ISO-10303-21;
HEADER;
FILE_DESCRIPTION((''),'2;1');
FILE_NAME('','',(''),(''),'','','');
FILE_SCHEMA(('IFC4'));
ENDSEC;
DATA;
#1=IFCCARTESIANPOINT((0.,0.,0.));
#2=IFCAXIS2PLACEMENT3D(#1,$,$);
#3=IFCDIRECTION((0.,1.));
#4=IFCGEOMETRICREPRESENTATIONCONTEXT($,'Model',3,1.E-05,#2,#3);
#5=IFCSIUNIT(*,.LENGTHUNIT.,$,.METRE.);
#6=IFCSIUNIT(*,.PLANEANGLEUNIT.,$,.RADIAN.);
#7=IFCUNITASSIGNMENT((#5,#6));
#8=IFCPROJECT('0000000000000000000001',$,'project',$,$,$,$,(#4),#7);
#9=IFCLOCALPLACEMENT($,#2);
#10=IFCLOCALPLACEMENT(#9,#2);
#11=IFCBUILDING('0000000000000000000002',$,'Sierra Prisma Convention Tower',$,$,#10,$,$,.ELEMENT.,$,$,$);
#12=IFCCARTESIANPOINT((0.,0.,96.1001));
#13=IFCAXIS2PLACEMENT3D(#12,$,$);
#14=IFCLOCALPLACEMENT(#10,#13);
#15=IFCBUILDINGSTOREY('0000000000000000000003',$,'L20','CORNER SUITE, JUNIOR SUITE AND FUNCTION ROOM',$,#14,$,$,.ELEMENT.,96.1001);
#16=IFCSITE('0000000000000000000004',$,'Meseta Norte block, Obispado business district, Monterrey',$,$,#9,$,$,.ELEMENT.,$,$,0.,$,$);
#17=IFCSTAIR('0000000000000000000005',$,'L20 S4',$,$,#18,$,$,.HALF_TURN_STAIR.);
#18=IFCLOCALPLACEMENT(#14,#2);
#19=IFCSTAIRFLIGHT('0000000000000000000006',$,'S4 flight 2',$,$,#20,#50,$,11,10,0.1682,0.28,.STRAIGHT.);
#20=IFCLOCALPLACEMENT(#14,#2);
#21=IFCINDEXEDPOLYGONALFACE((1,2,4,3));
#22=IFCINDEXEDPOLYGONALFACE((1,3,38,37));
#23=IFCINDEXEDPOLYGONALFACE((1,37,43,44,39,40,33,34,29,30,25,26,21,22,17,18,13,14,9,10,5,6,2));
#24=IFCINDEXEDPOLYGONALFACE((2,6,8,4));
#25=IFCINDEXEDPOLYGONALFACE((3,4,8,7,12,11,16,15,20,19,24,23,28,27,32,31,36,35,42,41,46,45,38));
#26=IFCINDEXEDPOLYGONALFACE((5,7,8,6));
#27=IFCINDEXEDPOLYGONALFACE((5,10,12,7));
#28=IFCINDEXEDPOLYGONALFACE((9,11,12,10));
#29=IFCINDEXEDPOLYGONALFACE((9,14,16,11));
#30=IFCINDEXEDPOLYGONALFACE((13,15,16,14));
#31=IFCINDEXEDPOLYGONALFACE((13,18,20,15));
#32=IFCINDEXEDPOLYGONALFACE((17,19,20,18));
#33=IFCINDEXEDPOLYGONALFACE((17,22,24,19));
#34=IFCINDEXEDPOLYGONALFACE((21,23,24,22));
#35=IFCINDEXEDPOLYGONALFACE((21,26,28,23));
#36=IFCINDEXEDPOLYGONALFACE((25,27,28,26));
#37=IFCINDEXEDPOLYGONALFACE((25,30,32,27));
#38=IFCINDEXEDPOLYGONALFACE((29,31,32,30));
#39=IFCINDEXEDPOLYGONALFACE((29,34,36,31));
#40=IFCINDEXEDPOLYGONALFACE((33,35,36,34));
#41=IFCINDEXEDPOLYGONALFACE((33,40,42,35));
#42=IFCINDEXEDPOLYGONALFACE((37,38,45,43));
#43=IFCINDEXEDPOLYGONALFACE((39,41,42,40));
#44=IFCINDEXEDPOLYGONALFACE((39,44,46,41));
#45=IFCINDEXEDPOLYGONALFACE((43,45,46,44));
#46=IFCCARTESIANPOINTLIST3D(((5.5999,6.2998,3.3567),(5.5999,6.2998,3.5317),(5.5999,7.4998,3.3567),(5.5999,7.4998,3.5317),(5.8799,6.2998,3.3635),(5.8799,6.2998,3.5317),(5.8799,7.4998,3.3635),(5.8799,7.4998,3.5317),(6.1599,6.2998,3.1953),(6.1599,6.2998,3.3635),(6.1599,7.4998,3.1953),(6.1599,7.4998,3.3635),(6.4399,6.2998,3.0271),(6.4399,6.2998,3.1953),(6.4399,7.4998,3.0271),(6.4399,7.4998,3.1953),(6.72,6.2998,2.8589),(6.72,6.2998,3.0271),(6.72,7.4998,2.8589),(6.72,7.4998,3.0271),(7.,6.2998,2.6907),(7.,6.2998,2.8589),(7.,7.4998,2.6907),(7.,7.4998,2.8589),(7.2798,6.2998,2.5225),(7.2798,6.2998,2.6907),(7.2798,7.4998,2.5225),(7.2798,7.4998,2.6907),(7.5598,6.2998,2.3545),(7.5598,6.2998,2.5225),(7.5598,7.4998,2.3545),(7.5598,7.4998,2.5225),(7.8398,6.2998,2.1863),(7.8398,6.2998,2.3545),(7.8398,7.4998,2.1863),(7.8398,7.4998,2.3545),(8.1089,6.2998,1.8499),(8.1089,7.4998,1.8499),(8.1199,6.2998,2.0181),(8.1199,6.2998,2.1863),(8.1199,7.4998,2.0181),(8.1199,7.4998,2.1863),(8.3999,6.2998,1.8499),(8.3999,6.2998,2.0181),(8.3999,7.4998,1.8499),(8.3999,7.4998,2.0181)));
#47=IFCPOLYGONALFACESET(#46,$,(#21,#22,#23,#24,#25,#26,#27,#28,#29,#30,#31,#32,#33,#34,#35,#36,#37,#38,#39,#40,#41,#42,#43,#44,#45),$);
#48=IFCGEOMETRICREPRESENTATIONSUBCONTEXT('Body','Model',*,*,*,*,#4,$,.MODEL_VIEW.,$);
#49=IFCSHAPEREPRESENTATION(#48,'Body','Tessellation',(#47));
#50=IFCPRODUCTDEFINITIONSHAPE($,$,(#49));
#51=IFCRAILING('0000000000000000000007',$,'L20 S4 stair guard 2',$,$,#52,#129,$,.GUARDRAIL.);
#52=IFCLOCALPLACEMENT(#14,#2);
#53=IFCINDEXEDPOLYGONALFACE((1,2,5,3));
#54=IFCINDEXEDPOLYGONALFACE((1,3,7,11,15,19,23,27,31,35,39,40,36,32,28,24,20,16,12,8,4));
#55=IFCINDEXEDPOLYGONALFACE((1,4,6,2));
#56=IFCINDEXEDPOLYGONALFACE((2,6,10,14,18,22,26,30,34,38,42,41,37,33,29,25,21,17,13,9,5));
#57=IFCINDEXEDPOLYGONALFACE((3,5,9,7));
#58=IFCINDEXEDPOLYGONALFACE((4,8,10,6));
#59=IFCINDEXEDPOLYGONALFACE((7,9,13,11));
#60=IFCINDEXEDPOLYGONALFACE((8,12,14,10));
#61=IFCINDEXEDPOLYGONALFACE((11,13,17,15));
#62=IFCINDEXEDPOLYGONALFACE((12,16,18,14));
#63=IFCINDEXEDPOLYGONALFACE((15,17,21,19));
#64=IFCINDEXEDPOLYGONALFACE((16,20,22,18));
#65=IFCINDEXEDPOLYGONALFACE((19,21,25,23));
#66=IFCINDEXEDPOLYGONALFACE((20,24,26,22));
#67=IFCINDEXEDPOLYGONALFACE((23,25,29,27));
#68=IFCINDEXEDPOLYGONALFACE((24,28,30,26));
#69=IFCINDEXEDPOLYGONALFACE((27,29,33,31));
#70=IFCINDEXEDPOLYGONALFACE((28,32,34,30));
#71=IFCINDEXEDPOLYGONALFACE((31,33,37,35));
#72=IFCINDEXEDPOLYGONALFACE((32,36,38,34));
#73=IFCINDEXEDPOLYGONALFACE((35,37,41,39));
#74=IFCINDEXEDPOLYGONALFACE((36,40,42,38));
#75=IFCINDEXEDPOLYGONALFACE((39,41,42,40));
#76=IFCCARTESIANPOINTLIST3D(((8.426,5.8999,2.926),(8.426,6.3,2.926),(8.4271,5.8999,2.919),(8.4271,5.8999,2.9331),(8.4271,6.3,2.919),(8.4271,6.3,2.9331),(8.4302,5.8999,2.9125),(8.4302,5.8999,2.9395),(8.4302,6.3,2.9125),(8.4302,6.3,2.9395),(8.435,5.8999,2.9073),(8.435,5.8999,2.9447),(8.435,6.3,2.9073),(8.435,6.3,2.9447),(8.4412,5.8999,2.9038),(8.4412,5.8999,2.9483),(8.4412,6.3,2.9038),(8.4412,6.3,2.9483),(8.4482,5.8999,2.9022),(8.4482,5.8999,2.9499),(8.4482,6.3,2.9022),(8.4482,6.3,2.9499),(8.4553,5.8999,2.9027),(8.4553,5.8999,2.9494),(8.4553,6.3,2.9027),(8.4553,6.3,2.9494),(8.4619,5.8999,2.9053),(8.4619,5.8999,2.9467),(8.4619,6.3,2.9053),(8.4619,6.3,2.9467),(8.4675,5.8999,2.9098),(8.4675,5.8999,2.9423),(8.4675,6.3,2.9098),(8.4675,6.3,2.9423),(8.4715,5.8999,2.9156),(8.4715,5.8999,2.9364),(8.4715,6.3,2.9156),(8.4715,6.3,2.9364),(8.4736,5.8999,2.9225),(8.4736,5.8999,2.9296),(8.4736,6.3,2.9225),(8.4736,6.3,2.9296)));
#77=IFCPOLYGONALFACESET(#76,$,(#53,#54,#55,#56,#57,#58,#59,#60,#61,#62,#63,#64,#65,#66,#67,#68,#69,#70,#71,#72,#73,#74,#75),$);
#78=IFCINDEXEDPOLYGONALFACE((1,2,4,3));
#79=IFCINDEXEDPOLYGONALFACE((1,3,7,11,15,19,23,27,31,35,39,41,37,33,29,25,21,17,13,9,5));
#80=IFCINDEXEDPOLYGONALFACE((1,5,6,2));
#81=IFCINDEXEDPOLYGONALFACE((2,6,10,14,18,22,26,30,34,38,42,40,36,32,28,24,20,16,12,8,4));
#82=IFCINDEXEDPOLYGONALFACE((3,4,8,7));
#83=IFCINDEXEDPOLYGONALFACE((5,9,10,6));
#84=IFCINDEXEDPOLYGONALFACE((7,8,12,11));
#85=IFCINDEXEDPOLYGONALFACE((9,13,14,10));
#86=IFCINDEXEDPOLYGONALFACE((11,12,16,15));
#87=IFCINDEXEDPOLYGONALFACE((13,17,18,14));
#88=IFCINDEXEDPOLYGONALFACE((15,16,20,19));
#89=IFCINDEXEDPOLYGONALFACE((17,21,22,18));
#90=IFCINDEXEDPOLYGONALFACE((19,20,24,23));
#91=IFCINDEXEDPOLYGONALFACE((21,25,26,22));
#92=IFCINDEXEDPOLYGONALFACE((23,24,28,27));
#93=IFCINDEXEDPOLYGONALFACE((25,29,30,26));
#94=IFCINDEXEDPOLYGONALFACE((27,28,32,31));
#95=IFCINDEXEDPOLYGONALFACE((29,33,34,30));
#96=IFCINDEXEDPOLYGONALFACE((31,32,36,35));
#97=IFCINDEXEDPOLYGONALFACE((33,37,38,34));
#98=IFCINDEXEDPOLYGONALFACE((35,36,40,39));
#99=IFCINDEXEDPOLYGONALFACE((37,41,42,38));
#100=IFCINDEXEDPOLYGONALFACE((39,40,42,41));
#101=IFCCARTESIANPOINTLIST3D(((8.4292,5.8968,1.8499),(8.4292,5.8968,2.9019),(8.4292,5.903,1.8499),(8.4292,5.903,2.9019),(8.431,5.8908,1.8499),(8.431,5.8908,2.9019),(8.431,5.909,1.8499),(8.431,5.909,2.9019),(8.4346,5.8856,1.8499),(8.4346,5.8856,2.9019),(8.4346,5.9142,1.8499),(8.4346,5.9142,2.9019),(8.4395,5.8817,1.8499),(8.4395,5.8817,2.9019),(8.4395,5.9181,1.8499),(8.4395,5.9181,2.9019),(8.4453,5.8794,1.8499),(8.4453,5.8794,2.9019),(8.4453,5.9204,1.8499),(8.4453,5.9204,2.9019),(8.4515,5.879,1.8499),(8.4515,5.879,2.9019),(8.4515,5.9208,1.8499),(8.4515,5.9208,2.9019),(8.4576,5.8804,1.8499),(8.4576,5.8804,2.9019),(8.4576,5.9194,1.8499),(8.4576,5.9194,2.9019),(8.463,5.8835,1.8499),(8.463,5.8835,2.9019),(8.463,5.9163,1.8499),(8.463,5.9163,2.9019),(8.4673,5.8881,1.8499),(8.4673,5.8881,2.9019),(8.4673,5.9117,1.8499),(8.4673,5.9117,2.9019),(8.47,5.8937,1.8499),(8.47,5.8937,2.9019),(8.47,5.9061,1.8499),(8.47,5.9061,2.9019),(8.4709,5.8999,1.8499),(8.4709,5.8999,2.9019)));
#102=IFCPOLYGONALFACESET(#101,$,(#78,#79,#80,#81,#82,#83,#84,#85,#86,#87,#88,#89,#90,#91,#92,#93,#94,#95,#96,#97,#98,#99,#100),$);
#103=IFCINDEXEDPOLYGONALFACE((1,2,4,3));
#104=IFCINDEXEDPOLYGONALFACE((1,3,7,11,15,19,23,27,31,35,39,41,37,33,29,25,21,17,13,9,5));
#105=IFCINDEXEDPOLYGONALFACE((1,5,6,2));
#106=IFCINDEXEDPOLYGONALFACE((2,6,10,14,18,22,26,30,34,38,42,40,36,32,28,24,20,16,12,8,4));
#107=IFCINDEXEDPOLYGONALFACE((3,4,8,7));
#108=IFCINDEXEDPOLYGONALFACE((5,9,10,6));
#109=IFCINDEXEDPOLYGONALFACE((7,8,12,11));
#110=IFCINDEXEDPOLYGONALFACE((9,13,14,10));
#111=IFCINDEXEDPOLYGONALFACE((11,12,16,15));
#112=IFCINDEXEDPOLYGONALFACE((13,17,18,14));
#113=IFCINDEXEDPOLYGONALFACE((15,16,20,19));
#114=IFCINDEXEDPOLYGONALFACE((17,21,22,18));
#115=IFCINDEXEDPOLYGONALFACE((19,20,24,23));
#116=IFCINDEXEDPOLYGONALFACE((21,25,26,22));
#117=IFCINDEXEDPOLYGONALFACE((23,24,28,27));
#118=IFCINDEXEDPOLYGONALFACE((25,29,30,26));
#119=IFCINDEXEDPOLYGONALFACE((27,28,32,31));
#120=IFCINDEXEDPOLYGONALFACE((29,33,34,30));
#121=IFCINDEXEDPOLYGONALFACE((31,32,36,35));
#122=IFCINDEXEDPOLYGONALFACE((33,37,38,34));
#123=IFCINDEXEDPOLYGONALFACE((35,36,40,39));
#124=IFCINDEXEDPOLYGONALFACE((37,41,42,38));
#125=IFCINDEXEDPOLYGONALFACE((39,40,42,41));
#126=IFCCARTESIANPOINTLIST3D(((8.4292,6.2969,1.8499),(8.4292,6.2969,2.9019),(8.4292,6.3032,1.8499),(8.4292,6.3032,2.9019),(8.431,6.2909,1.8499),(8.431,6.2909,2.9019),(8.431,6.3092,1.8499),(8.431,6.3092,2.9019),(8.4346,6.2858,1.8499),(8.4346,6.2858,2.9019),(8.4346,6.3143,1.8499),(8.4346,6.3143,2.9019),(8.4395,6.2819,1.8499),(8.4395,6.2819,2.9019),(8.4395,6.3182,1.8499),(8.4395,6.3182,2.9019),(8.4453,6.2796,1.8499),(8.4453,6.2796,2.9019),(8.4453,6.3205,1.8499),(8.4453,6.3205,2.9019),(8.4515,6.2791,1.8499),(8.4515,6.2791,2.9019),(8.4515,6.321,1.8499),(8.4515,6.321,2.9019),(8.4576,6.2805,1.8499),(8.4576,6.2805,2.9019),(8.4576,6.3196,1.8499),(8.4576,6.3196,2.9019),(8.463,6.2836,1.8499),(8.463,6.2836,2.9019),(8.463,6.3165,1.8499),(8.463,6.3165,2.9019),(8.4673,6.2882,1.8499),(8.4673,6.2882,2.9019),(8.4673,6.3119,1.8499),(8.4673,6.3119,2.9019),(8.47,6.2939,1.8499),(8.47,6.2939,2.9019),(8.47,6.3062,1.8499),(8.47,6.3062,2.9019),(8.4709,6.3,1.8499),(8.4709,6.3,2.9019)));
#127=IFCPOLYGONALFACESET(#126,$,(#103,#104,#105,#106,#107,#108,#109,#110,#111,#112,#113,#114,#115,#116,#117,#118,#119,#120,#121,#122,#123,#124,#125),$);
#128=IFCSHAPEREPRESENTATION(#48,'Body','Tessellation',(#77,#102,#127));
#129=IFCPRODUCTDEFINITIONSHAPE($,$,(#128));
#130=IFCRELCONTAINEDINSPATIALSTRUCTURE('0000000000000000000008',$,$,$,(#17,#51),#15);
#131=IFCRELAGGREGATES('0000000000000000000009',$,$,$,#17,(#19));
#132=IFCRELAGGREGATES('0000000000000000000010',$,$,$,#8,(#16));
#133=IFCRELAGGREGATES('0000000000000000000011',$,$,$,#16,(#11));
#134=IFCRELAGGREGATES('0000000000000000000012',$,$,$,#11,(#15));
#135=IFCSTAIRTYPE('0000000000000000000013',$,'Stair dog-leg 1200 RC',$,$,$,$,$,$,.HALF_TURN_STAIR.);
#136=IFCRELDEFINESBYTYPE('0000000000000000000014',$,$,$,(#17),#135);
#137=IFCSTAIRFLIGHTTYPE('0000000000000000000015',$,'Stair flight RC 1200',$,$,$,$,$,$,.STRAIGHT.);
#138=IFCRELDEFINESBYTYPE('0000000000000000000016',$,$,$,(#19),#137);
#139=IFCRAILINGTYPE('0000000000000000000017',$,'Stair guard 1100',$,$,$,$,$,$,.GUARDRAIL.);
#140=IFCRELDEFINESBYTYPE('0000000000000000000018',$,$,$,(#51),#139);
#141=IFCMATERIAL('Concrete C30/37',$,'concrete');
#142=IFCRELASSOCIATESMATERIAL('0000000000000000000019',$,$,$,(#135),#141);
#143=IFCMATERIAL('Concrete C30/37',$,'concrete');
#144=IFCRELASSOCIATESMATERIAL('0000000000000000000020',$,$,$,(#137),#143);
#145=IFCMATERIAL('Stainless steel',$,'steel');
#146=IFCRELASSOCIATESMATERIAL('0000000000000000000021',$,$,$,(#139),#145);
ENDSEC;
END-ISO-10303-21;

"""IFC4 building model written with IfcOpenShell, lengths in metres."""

from ifc_helpers import new_model, si_unit, direction, frame, origin, origin_2d, place, context, subcontext, project, spatial, polyline, circle, outline, extrude, material, type_object, element, aggregate, save


model = new_model("IFC4")

# Units and contexts
model_context = context("Model", 3, precision=1e-05, world=origin(), true_north=direction((0.0, 1.0)))
body_context = subcontext(model_context, "Body", "Model", "MODEL_VIEW")
ifc_project = project(units=[si_unit("LENGTHUNIT", "METRE"), si_unit("PLANEANGLEUNIT", "RADIAN")], contexts=[model_context])

# Site, building, storey
site_placement = place(None, origin())
site = spatial("IfcSite", under=ifc_project, at=site_placement, Name="Meseta Norte block, Obispado business district, Monterrey", CompositionType="ELEMENT", RefElevation=0.0)
building_placement = place(site_placement, origin())
building = spatial("IfcBuilding", under=site, at=building_placement, Name="Sierra Prisma Convention Tower", CompositionType="ELEMENT")
storey_placement = place(building_placement, frame((0.0, 0.0, 96.1001)))
storey = spatial("IfcBuildingStorey", under=building, at=storey_placement, Name="L20", Description="CORNER SUITE, JUNIOR SUITE AND FUNCTION ROOM", CompositionType="ELEMENT", Elevation=96.1001)

# Stair, stair flight
ifc_material_1 = material(Name="Concrete C30/37", Category="concrete")
stair_type = type_object("IfcStairType", Name="Stair dog-leg 1200 RC", PredefinedType="HALF_TURN_STAIR", material=ifc_material_1)
stair_placement = place(storey_placement, origin())
stair = element("IfcStair", 1, at=stair_placement, inside=storey, type_object=stair_type, Name="L20 S4", PredefinedType="HALF_TURN_STAIR")
ifc_material_2 = material(Name="Concrete C30/37", Category="concrete")
stair_flight_type = type_object("IfcStairFlightType", Name="Stair flight RC 1200", PredefinedType="STRAIGHT", material=ifc_material_2)
stair_flight_placement = place(storey_placement, frame((8.3999, 6.8999, 1.8499), z_axis=(0.0, 0.0, 1.0), x_axis=(-1.0, 0.0, 0.0)))
stair_flight = element("IfcStairFlight", 2, at=stair_flight_placement, type_object=stair_flight_type, Name="S4 flight 2", NumberOfRisers=11, NumberOfTreads=10, PredefinedType="STRAIGHT", RiserHeight=0.1682, TreadLength=0.28, context=body_context, shape_type="SweptSolid", body=[
    extrude(outline(polyline([(0.0, 0.0), (0.0, 0.1682), (0.28, 0.1682), (0.28, 0.3364), (0.5601, 0.3364), (0.5601, 0.5046), (0.8401, 0.5046), (0.8401, 0.6726), (1.1201, 0.6726), (1.1201, 0.8408), (1.3999, 0.8408), (1.3999, 1.009), (1.6799, 1.009), (1.6799, 1.1772), (1.96, 1.1772), (1.96, 1.3455), (2.24, 1.3455), (2.24, 1.5137), (2.52, 1.5137), (2.52, 1.6819), (2.8, 1.6819), (2.8, 1.8501), (2.8, 1.5068), (0.291, 0.0), (0.0, 0.0)])), frame((0.0, 0.6001, 0.0), z_axis=(0.0, -1.0, 0.0), x_axis=(1.0, 0.0, 0.0)), (0.0, 0.0, 1.0), 1.2),
])
aggregate(stair, [stair_flight])

# Railing
ifc_material_3 = material(Name="Stainless steel", Category="steel")
railing_type = type_object("IfcRailingType", Name="Stair guard 1100", PredefinedType="GUARDRAIL", material=ifc_material_3)
railing_1_placement = place(storey_placement, frame((8.45, 5.8999, 1.8499)))
element("IfcRailing", 3, at=railing_1_placement, inside=storey, type_object=railing_type, Name="L20 S4 stair guard 2", PredefinedType="GUARDRAIL", context=body_context, shape_type="SweptSolid", body=[
    extrude(circle(Radius=0.0239, at=origin_2d()), frame((0.0, 0.0, 1.0762), z_axis=(0.0, 1.0, 0.0), x_axis=(-1.0, 0.0, 0.0)), (0.0, 0.0, 1.0), 0.4001),
    extrude(circle(Radius=0.021, at=origin_2d()), origin(), (0.0, 0.0, 1.0), 1.052),
    extrude(circle(Radius=0.021, at=origin_2d()), frame((0.0, 0.4001, 0.0)), (0.0, 0.0, 1.0), 1.052),
])

save(model, "model.ifc")
